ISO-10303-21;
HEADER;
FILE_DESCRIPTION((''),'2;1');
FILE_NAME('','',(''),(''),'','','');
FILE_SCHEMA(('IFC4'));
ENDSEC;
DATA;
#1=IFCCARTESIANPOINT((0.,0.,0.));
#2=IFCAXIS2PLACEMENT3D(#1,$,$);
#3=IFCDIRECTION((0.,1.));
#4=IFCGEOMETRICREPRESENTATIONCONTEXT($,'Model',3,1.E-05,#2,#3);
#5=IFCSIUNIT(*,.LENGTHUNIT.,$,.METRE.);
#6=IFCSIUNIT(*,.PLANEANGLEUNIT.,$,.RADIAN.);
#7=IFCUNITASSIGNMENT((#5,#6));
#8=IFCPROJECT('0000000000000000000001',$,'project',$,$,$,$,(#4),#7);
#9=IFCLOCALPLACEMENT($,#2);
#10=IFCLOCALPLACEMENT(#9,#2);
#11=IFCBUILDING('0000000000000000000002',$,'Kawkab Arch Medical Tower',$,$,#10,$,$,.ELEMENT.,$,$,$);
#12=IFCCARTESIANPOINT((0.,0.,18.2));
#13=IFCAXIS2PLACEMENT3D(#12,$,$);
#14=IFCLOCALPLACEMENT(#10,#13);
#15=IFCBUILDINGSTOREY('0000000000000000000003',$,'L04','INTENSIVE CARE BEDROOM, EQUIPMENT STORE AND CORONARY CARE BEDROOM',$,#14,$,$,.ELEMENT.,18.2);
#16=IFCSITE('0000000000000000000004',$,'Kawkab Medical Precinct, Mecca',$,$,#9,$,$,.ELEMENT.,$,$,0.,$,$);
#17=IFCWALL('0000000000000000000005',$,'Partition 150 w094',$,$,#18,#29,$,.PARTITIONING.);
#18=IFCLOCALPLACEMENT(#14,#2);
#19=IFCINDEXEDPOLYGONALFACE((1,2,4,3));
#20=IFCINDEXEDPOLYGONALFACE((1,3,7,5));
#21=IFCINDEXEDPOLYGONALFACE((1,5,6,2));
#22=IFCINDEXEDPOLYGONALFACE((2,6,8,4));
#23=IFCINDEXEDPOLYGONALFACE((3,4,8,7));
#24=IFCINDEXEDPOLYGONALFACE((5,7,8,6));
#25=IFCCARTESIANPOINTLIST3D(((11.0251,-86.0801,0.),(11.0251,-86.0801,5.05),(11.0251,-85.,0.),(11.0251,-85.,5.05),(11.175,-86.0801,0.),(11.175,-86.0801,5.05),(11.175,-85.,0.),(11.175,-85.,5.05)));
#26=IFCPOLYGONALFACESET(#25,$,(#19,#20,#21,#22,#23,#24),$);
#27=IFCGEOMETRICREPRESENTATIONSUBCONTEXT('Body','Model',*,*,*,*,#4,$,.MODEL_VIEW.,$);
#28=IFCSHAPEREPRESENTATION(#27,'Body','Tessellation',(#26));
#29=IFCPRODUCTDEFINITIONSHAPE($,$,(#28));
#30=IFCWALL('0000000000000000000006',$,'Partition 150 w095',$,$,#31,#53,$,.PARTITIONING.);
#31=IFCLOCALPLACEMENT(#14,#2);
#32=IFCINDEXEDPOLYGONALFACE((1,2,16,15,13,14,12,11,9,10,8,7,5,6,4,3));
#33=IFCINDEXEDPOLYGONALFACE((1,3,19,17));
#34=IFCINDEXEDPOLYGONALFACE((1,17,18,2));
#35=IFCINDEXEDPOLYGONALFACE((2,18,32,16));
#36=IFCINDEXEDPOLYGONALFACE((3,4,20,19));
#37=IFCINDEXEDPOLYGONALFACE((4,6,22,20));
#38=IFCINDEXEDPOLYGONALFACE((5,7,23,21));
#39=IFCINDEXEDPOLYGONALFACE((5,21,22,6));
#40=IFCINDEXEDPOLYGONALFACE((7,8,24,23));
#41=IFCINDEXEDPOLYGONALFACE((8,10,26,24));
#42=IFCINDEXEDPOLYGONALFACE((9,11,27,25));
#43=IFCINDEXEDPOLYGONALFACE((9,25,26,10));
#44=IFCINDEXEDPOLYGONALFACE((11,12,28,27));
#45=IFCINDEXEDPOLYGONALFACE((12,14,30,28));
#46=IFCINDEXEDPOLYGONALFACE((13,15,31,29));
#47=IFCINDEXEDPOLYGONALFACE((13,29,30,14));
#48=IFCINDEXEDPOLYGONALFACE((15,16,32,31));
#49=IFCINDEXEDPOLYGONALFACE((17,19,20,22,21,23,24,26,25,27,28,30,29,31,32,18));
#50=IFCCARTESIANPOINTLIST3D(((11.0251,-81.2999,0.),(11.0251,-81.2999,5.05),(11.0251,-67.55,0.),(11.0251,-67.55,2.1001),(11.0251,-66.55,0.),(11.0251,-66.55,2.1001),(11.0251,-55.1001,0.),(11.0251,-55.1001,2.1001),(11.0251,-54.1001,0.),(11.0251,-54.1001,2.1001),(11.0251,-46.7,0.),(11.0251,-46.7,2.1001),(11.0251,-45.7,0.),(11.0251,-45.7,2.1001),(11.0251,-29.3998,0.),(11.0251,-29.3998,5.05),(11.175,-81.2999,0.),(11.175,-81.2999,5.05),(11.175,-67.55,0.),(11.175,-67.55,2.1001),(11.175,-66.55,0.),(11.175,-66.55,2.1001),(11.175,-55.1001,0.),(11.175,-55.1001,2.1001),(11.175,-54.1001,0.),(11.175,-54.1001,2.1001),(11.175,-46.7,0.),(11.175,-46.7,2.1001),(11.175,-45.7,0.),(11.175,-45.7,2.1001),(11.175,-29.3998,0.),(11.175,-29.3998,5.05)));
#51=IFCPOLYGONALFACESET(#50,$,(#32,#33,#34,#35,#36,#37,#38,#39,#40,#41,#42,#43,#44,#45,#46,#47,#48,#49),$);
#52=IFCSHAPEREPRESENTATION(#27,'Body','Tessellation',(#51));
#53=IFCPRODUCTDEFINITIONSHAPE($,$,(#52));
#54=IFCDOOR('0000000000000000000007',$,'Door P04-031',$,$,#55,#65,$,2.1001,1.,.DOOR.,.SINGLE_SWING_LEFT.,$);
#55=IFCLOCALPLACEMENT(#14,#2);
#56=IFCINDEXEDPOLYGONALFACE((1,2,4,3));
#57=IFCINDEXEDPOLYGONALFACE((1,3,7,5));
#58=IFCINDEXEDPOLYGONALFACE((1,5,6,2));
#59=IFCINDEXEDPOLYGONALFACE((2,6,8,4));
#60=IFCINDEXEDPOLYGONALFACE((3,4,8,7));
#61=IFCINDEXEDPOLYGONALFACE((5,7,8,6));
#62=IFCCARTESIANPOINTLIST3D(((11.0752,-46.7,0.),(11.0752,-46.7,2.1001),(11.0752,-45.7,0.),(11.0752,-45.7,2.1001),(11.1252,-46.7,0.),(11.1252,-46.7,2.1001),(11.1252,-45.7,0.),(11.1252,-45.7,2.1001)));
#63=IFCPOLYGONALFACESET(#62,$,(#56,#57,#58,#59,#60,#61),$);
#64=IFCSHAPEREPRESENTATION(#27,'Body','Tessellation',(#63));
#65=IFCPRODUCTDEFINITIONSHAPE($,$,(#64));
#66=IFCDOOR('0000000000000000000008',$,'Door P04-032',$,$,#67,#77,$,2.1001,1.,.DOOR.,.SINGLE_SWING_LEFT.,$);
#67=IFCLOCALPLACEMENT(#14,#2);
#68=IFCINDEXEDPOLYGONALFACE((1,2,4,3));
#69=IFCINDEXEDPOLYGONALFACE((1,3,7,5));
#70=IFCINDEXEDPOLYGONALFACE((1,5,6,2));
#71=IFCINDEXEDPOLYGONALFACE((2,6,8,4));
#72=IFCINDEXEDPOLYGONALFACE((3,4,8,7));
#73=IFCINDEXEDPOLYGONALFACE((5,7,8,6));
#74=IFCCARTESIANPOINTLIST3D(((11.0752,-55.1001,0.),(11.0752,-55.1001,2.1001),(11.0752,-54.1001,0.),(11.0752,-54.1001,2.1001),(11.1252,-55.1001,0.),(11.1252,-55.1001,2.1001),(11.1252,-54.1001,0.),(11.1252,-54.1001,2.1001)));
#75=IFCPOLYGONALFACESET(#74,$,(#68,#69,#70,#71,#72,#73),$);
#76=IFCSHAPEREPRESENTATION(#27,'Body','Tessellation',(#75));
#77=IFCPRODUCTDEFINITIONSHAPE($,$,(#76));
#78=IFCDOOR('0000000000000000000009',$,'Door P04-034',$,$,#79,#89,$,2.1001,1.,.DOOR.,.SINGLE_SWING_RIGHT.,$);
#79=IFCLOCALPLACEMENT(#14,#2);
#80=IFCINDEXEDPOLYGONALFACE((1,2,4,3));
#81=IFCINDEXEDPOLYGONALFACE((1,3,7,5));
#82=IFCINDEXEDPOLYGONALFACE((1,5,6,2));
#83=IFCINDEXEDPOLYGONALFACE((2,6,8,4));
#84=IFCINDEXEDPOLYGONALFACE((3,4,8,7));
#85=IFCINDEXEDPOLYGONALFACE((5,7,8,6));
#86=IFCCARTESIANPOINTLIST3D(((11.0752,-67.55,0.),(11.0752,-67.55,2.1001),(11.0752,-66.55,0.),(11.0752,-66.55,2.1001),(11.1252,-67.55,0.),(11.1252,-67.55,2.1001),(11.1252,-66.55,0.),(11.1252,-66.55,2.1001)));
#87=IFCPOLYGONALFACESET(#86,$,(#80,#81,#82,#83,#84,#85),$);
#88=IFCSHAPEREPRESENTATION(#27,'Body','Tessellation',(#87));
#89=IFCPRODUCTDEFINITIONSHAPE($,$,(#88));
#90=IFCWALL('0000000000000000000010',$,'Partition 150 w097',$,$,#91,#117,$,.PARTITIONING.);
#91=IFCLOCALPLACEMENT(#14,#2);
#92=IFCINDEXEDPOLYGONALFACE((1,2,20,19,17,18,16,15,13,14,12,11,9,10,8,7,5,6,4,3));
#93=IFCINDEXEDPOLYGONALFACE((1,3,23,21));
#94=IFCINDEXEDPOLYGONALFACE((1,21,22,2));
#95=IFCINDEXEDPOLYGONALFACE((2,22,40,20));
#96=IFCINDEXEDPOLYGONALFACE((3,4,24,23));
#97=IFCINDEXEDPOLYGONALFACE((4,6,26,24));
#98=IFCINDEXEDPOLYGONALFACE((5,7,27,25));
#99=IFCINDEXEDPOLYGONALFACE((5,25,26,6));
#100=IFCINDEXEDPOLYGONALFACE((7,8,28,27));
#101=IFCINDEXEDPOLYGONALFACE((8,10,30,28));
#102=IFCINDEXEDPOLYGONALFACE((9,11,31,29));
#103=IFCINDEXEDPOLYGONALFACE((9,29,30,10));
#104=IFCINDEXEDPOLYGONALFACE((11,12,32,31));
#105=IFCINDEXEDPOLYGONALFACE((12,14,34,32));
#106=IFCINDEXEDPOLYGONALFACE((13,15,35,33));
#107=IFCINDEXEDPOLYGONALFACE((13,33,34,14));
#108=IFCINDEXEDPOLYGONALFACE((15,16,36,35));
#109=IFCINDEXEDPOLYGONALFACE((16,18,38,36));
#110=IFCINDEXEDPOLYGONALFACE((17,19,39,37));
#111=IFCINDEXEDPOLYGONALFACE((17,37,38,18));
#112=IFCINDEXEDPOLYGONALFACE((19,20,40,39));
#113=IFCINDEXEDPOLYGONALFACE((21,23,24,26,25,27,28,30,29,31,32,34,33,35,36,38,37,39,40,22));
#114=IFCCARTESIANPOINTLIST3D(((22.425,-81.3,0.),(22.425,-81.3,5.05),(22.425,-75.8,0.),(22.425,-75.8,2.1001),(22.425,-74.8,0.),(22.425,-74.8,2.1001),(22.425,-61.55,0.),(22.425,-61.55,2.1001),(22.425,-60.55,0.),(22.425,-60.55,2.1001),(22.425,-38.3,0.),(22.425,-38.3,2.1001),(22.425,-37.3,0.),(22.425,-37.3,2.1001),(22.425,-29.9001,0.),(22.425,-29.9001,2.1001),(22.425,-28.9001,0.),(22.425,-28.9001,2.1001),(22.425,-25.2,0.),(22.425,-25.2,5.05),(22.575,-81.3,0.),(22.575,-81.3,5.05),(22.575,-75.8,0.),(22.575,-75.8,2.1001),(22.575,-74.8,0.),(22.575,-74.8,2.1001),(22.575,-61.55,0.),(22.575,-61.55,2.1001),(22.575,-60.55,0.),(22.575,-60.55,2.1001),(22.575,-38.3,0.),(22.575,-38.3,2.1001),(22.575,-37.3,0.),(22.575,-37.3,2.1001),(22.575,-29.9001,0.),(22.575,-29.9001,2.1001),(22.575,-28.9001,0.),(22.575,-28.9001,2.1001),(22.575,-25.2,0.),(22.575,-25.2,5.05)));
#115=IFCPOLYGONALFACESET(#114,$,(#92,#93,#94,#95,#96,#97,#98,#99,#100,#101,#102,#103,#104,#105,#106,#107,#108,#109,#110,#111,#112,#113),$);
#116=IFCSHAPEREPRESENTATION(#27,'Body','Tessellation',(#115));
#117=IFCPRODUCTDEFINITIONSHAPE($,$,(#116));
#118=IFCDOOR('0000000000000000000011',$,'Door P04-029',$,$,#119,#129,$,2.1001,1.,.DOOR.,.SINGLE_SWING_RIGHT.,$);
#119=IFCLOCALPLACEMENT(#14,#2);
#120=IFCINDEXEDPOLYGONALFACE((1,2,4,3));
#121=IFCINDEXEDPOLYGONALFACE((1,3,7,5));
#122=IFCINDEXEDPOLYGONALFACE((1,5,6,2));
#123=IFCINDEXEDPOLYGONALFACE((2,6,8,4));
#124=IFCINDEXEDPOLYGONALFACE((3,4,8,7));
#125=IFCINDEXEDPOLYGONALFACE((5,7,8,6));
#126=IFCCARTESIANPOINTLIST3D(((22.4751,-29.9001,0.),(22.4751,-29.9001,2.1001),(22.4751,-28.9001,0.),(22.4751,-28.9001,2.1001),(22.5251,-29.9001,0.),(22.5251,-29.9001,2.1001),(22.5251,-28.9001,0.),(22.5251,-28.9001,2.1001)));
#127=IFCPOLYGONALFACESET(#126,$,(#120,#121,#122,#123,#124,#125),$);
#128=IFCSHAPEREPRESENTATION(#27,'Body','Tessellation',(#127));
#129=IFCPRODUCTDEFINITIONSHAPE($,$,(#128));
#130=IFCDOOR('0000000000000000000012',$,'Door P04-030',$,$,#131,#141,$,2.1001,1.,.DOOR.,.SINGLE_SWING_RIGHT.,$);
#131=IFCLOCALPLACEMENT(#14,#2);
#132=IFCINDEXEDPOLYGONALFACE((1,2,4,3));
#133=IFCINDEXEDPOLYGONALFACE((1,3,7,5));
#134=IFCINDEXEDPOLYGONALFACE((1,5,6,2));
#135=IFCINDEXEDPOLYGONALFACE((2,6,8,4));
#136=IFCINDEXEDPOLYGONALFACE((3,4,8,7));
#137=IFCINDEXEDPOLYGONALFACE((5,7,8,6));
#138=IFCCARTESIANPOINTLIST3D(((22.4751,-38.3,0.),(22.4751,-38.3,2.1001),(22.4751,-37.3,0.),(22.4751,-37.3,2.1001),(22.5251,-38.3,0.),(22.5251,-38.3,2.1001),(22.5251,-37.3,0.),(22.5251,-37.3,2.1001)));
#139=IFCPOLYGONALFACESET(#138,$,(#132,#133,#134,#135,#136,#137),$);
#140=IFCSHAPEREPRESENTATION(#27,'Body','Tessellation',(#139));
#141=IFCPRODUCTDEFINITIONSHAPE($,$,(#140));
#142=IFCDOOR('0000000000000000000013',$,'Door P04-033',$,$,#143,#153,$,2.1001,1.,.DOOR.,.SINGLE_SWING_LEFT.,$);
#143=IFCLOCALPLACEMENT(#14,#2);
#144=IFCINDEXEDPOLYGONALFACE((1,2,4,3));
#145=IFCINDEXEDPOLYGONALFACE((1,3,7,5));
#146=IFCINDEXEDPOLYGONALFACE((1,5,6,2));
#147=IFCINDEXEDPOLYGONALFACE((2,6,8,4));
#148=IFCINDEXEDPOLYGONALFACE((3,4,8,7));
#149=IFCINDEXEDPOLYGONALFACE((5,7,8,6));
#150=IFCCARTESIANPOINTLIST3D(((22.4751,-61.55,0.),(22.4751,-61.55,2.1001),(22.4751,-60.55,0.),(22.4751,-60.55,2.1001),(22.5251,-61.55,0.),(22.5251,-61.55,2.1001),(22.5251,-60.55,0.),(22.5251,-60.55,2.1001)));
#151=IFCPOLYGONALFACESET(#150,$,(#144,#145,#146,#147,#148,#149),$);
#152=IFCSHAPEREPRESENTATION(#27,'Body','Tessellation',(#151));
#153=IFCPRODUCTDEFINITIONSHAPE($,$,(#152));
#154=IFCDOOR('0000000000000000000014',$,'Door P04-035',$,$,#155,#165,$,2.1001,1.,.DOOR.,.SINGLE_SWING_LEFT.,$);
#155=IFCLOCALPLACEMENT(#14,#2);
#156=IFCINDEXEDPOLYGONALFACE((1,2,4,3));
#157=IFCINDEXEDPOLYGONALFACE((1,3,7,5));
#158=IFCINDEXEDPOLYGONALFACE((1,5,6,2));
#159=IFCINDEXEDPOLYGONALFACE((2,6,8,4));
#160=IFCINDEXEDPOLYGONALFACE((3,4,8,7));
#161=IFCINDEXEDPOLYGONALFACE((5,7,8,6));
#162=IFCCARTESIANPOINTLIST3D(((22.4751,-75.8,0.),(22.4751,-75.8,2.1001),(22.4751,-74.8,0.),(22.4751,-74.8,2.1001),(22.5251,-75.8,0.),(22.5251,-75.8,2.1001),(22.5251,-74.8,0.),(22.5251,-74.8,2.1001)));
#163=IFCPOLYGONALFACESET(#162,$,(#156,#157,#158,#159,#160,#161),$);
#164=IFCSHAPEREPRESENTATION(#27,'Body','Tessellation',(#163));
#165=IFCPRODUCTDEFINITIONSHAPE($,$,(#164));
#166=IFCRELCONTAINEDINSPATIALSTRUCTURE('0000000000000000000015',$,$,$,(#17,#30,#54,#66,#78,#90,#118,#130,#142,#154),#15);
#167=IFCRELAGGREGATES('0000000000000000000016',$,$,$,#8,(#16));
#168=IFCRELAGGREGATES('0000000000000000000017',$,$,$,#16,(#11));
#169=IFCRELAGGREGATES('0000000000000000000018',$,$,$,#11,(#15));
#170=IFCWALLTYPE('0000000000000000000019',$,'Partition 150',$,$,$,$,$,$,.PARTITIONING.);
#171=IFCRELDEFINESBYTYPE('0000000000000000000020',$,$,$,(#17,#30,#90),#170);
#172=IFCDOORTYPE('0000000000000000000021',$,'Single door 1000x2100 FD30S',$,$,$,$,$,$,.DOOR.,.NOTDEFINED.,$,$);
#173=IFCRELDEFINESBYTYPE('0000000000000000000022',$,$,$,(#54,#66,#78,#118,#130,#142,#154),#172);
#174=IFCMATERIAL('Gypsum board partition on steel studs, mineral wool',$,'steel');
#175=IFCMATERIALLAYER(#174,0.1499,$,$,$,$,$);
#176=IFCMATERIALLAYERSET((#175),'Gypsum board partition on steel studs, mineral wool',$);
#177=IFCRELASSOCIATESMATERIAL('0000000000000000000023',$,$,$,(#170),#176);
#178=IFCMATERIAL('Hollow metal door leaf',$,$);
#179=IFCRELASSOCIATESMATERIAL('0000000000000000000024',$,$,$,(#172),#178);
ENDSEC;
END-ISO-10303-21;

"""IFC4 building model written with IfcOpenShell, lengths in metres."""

from ifc_helpers import new_model, si_unit, direction, frame, frame_2d, origin, place, context, subcontext, project, spatial, rectangle, extrude, material, layer, layer_set, type_object, element, fill, save


model = new_model("IFC4")

# Units and contexts
model_context = context("Model", 3, precision=1e-05, world=origin(), true_north=direction((0.0, 1.0)))
body_context = subcontext(model_context, "Body", "Model", "MODEL_VIEW")
ifc_project = project(units=[si_unit("LENGTHUNIT", "METRE"), si_unit("PLANEANGLEUNIT", "RADIAN")], contexts=[model_context])

# Site, building, storey
site_placement = place(None, origin())
site = spatial("IfcSite", under=ifc_project, at=site_placement, Name="Kawkab Medical Precinct, Mecca", CompositionType="ELEMENT", RefElevation=0.0)
building_placement = place(site_placement, origin())
building = spatial("IfcBuilding", under=site, at=building_placement, Name="Kawkab Arch Medical Tower", CompositionType="ELEMENT")
storey_placement = place(building_placement, frame((0.0, 0.0, 18.2)))
storey = spatial("IfcBuildingStorey", under=building, at=storey_placement, Name="L04", Description="INTENSIVE CARE BEDROOM, EQUIPMENT STORE AND CORONARY CARE BEDROOM", CompositionType="ELEMENT", Elevation=18.2)

# Shared definitions
ifc_material_1 = material(Name="Gypsum board partition on steel studs, mineral wool", Category="steel")
ifc_layer = layer(ifc_material_1, 0.1499)
ifc_layer_set = layer_set([ifc_layer], Name="Gypsum board partition on steel studs, mineral wool")
wall_type = type_object("IfcWallType", Name="Partition 150", PredefinedType="PARTITIONING", material=ifc_layer_set)

# Wall
wall_1_placement = place(storey_placement, frame((11.1001, -86.0801, 0.0), z_axis=(0.0, 0.0, 1.0), x_axis=(0.0, 1.0, 0.0)))
element("IfcWall", 1, at=wall_1_placement, inside=storey, type_object=wall_type, Name="Partition 150 w094", PredefinedType="PARTITIONING", context=body_context, shape_type="SweptSolid", body=[
    extrude(rectangle(XDim=1.0801, YDim=0.1499, at=frame_2d((0.54, 0.0))), origin(), (0.0, 0.0, 1.0), 5.05),
])

# Walls, openings, doors
wall_2_placement = place(storey_placement, frame((11.1001, -81.3, 0.0), z_axis=(0.0, 0.0, 1.0), x_axis=(0.0, 1.0, 0.0)))
wall_2 = element("IfcWall", 2, at=wall_2_placement, inside=storey, type_object=wall_type, Name="Partition 150 w095", PredefinedType="PARTITIONING", context=body_context, shape_type="SweptSolid", body=[
    extrude(rectangle(XDim=51.9001, YDim=0.1499, at=frame_2d((25.9502, 0.0))), origin(), (0.0, 0.0, 1.0), 5.05),
])
opening_1_placement = place(wall_2_placement, frame((34.6001, 0.0, 0.0)))
opening_1 = element("IfcOpeningElement", 3, at=opening_1_placement, cuts=wall_2, PredefinedType="OPENING", context=body_context, shape_type="SweptSolid", body=[
    extrude(rectangle(XDim=1.0, YDim=2.1001, at=frame_2d((0.5, 1.05))), frame((0.0, 0.085, 0.0), z_axis=(0.0, -1.0, 0.0), x_axis=(1.0, 0.0, 0.0)), (0.0, 0.0, 1.0), 0.1699),
])
opening_2_placement = place(wall_2_placement, frame((26.2, 0.0, 0.0)))
opening_2 = element("IfcOpeningElement", 4, at=opening_2_placement, cuts=wall_2, PredefinedType="OPENING", context=body_context, shape_type="SweptSolid", body=[
    extrude(rectangle(XDim=1.0, YDim=2.1001, at=frame_2d((0.5, 1.05))), frame((0.0, 0.085, 0.0), z_axis=(0.0, -1.0, 0.0), x_axis=(1.0, 0.0, 0.0)), (0.0, 0.0, 1.0), 0.1699),
])
opening_3_placement = place(wall_2_placement, frame((13.75, 0.0, 0.0)))
opening_3 = element("IfcOpeningElement", 5, at=opening_3_placement, cuts=wall_2, PredefinedType="OPENING", context=body_context, shape_type="SweptSolid", body=[
    extrude(rectangle(XDim=1.0, YDim=2.1001, at=frame_2d((0.5, 1.05))), frame((0.0, 0.085, 0.0), z_axis=(0.0, -1.0, 0.0), x_axis=(1.0, 0.0, 0.0)), (0.0, 0.0, 1.0), 0.1699),
])
ifc_material_2 = material(Name="Hollow metal door leaf")
door_type_1 = type_object("IfcDoorType", Name="Single door 1000x2100 FD30S", OperationType="NOTDEFINED", PredefinedType="DOOR", material=ifc_material_2)
door_1_placement = place(opening_1_placement, origin())
door_1 = element("IfcDoor", 6, at=door_1_placement, inside=storey, type_object=door_type_1, Name="Door P04-031", OperationType="SINGLE_SWING_LEFT", OverallHeight=2.1001, OverallWidth=1.0, PredefinedType="DOOR", context=body_context, shape_type="SweptSolid", body=[
    extrude(rectangle(XDim=1.0, YDim=2.1001, at=frame_2d((0.5, 1.05))), frame((0.0, 0.0249, 0.0), z_axis=(0.0, -1.0, 0.0), x_axis=(1.0, 0.0, 0.0)), (0.0, 0.0, 1.0), 0.05),
])
fill(opening_1, door_1)
door_2_placement = place(opening_2_placement, origin())
door_2 = element("IfcDoor", 7, at=door_2_placement, inside=storey, type_object=door_type_1, Name="Door P04-032", OperationType="SINGLE_SWING_LEFT", OverallHeight=2.1001, OverallWidth=1.0, PredefinedType="DOOR", context=body_context, shape_type="SweptSolid", body=[
    extrude(rectangle(XDim=1.0, YDim=2.1001, at=frame_2d((0.5, 1.05))), frame((0.0, 0.0249, 0.0), z_axis=(0.0, -1.0, 0.0), x_axis=(1.0, 0.0, 0.0)), (0.0, 0.0, 1.0), 0.05),
])
fill(opening_2, door_2)
door_3_placement = place(opening_3_placement, origin())
door_3 = element("IfcDoor", 8, at=door_3_placement, inside=storey, type_object=door_type_1, Name="Door P04-034", OperationType="SINGLE_SWING_RIGHT", OverallHeight=2.1001, OverallWidth=1.0, PredefinedType="DOOR", context=body_context, shape_type="SweptSolid", body=[
    extrude(rectangle(XDim=1.0, YDim=2.1001, at=frame_2d((0.5, 1.05))), frame((0.0, 0.0249, 0.0), z_axis=(0.0, -1.0, 0.0), x_axis=(1.0, 0.0, 0.0)), (0.0, 0.0, 1.0), 0.05),
])
fill(opening_3, door_3)
wall_3_placement = place(storey_placement, frame((22.5, -81.3, 0.0), z_axis=(0.0, 0.0, 1.0), x_axis=(0.0, 1.0, 0.0)))
wall_3 = element("IfcWall", 9, at=wall_3_placement, inside=storey, type_object=wall_type, Name="Partition 150 w097", PredefinedType="PARTITIONING", context=body_context, shape_type="SweptSolid", body=[
    extrude(rectangle(XDim=56.1001, YDim=0.1499, at=frame_2d((28.05, 0.0))), origin(), (0.0, 0.0, 1.0), 5.05),
])
opening_4_placement = place(wall_3_placement, frame((51.3999, 0.0, 0.0)))
opening_4 = element("IfcOpeningElement", 10, at=opening_4_placement, cuts=wall_3, PredefinedType="OPENING", context=body_context, shape_type="SweptSolid", body=[
    extrude(rectangle(XDim=1.0, YDim=2.1001, at=frame_2d((0.5, 1.05))), frame((0.0, 0.085, 0.0), z_axis=(0.0, -1.0, 0.0), x_axis=(1.0, 0.0, 0.0)), (0.0, 0.0, 1.0), 0.1699),
])
opening_5_placement = place(wall_3_placement, frame((43.0, 0.0, 0.0)))
opening_5 = element("IfcOpeningElement", 11, at=opening_5_placement, cuts=wall_3, PredefinedType="OPENING", context=body_context, shape_type="SweptSolid", body=[
    extrude(rectangle(XDim=1.0, YDim=2.1001, at=frame_2d((0.5, 1.05))), frame((0.0, 0.085, 0.0), z_axis=(0.0, -1.0, 0.0), x_axis=(1.0, 0.0, 0.0)), (0.0, 0.0, 1.0), 0.1699),
])
opening_6_placement = place(wall_3_placement, frame((19.75, 0.0, 0.0)))
opening_6 = element("IfcOpeningElement", 12, at=opening_6_placement, cuts=wall_3, PredefinedType="OPENING", context=body_context, shape_type="SweptSolid", body=[
    extrude(rectangle(XDim=1.0, YDim=2.1001, at=frame_2d((0.5, 1.05))), frame((0.0, 0.085, 0.0), z_axis=(0.0, -1.0, 0.0), x_axis=(1.0, 0.0, 0.0)), (0.0, 0.0, 1.0), 0.1699),
])
opening_7_placement = place(wall_3_placement, frame((5.5, 0.0, 0.0)))
opening_7 = element("IfcOpeningElement", 13, at=opening_7_placement, cuts=wall_3, PredefinedType="OPENING", context=body_context, shape_type="SweptSolid", body=[
    extrude(rectangle(XDim=1.0, YDim=2.1001, at=frame_2d((0.5, 1.05))), frame((0.0, 0.085, 0.0), z_axis=(0.0, -1.0, 0.0), x_axis=(1.0, 0.0, 0.0)), (0.0, 0.0, 1.0), 0.1699),
])
door_4_placement = place(opening_4_placement, origin())
door_4 = element("IfcDoor", 14, at=door_4_placement, inside=storey, type_object=door_type_1, Name="Door P04-029", OperationType="SINGLE_SWING_RIGHT", OverallHeight=2.1001, OverallWidth=1.0, PredefinedType="DOOR", context=body_context, shape_type="SweptSolid", body=[
    extrude(rectangle(XDim=1.0, YDim=2.1001, at=frame_2d((0.5, 1.05))), frame((0.0, 0.0249, 0.0), z_axis=(0.0, -1.0, 0.0), x_axis=(1.0, 0.0, 0.0)), (0.0, 0.0, 1.0), 0.05),
])
fill(opening_4, door_4)
door_5_placement = place(opening_5_placement, origin())
door_5 = element("IfcDoor", 15, at=door_5_placement, inside=storey, type_object=door_type_1, Name="Door P04-030", OperationType="SINGLE_SWING_RIGHT", OverallHeight=2.1001, OverallWidth=1.0, PredefinedType="DOOR", context=body_context, shape_type="SweptSolid", body=[
    extrude(rectangle(XDim=1.0, YDim=2.1001, at=frame_2d((0.5, 1.05))), frame((0.0, 0.0249, 0.0), z_axis=(0.0, -1.0, 0.0), x_axis=(1.0, 0.0, 0.0)), (0.0, 0.0, 1.0), 0.05),
])
fill(opening_5, door_5)
door_6_placement = place(opening_6_placement, origin())
door_6 = element("IfcDoor", 16, at=door_6_placement, inside=storey, type_object=door_type_1, Name="Door P04-033", OperationType="SINGLE_SWING_LEFT", OverallHeight=2.1001, OverallWidth=1.0, PredefinedType="DOOR", context=body_context, shape_type="SweptSolid", body=[
    extrude(rectangle(XDim=1.0, YDim=2.1001, at=frame_2d((0.5, 1.05))), frame((0.0, 0.0249, 0.0), z_axis=(0.0, -1.0, 0.0), x_axis=(1.0, 0.0, 0.0)), (0.0, 0.0, 1.0), 0.05),
])
fill(opening_6, door_6)
door_7_placement = place(opening_7_placement, origin())
door_7 = element("IfcDoor", 17, at=door_7_placement, inside=storey, type_object=door_type_1, Name="Door P04-035", OperationType="SINGLE_SWING_LEFT", OverallHeight=2.1001, OverallWidth=1.0, PredefinedType="DOOR", context=body_context, shape_type="SweptSolid", body=[
    extrude(rectangle(XDim=1.0, YDim=2.1001, at=frame_2d((0.5, 1.05))), frame((0.0, 0.0249, 0.0), z_axis=(0.0, -1.0, 0.0), x_axis=(1.0, 0.0, 0.0)), (0.0, 0.0, 1.0), 0.05),
])
fill(opening_7, door_7)

save(model, "model.ifc")
